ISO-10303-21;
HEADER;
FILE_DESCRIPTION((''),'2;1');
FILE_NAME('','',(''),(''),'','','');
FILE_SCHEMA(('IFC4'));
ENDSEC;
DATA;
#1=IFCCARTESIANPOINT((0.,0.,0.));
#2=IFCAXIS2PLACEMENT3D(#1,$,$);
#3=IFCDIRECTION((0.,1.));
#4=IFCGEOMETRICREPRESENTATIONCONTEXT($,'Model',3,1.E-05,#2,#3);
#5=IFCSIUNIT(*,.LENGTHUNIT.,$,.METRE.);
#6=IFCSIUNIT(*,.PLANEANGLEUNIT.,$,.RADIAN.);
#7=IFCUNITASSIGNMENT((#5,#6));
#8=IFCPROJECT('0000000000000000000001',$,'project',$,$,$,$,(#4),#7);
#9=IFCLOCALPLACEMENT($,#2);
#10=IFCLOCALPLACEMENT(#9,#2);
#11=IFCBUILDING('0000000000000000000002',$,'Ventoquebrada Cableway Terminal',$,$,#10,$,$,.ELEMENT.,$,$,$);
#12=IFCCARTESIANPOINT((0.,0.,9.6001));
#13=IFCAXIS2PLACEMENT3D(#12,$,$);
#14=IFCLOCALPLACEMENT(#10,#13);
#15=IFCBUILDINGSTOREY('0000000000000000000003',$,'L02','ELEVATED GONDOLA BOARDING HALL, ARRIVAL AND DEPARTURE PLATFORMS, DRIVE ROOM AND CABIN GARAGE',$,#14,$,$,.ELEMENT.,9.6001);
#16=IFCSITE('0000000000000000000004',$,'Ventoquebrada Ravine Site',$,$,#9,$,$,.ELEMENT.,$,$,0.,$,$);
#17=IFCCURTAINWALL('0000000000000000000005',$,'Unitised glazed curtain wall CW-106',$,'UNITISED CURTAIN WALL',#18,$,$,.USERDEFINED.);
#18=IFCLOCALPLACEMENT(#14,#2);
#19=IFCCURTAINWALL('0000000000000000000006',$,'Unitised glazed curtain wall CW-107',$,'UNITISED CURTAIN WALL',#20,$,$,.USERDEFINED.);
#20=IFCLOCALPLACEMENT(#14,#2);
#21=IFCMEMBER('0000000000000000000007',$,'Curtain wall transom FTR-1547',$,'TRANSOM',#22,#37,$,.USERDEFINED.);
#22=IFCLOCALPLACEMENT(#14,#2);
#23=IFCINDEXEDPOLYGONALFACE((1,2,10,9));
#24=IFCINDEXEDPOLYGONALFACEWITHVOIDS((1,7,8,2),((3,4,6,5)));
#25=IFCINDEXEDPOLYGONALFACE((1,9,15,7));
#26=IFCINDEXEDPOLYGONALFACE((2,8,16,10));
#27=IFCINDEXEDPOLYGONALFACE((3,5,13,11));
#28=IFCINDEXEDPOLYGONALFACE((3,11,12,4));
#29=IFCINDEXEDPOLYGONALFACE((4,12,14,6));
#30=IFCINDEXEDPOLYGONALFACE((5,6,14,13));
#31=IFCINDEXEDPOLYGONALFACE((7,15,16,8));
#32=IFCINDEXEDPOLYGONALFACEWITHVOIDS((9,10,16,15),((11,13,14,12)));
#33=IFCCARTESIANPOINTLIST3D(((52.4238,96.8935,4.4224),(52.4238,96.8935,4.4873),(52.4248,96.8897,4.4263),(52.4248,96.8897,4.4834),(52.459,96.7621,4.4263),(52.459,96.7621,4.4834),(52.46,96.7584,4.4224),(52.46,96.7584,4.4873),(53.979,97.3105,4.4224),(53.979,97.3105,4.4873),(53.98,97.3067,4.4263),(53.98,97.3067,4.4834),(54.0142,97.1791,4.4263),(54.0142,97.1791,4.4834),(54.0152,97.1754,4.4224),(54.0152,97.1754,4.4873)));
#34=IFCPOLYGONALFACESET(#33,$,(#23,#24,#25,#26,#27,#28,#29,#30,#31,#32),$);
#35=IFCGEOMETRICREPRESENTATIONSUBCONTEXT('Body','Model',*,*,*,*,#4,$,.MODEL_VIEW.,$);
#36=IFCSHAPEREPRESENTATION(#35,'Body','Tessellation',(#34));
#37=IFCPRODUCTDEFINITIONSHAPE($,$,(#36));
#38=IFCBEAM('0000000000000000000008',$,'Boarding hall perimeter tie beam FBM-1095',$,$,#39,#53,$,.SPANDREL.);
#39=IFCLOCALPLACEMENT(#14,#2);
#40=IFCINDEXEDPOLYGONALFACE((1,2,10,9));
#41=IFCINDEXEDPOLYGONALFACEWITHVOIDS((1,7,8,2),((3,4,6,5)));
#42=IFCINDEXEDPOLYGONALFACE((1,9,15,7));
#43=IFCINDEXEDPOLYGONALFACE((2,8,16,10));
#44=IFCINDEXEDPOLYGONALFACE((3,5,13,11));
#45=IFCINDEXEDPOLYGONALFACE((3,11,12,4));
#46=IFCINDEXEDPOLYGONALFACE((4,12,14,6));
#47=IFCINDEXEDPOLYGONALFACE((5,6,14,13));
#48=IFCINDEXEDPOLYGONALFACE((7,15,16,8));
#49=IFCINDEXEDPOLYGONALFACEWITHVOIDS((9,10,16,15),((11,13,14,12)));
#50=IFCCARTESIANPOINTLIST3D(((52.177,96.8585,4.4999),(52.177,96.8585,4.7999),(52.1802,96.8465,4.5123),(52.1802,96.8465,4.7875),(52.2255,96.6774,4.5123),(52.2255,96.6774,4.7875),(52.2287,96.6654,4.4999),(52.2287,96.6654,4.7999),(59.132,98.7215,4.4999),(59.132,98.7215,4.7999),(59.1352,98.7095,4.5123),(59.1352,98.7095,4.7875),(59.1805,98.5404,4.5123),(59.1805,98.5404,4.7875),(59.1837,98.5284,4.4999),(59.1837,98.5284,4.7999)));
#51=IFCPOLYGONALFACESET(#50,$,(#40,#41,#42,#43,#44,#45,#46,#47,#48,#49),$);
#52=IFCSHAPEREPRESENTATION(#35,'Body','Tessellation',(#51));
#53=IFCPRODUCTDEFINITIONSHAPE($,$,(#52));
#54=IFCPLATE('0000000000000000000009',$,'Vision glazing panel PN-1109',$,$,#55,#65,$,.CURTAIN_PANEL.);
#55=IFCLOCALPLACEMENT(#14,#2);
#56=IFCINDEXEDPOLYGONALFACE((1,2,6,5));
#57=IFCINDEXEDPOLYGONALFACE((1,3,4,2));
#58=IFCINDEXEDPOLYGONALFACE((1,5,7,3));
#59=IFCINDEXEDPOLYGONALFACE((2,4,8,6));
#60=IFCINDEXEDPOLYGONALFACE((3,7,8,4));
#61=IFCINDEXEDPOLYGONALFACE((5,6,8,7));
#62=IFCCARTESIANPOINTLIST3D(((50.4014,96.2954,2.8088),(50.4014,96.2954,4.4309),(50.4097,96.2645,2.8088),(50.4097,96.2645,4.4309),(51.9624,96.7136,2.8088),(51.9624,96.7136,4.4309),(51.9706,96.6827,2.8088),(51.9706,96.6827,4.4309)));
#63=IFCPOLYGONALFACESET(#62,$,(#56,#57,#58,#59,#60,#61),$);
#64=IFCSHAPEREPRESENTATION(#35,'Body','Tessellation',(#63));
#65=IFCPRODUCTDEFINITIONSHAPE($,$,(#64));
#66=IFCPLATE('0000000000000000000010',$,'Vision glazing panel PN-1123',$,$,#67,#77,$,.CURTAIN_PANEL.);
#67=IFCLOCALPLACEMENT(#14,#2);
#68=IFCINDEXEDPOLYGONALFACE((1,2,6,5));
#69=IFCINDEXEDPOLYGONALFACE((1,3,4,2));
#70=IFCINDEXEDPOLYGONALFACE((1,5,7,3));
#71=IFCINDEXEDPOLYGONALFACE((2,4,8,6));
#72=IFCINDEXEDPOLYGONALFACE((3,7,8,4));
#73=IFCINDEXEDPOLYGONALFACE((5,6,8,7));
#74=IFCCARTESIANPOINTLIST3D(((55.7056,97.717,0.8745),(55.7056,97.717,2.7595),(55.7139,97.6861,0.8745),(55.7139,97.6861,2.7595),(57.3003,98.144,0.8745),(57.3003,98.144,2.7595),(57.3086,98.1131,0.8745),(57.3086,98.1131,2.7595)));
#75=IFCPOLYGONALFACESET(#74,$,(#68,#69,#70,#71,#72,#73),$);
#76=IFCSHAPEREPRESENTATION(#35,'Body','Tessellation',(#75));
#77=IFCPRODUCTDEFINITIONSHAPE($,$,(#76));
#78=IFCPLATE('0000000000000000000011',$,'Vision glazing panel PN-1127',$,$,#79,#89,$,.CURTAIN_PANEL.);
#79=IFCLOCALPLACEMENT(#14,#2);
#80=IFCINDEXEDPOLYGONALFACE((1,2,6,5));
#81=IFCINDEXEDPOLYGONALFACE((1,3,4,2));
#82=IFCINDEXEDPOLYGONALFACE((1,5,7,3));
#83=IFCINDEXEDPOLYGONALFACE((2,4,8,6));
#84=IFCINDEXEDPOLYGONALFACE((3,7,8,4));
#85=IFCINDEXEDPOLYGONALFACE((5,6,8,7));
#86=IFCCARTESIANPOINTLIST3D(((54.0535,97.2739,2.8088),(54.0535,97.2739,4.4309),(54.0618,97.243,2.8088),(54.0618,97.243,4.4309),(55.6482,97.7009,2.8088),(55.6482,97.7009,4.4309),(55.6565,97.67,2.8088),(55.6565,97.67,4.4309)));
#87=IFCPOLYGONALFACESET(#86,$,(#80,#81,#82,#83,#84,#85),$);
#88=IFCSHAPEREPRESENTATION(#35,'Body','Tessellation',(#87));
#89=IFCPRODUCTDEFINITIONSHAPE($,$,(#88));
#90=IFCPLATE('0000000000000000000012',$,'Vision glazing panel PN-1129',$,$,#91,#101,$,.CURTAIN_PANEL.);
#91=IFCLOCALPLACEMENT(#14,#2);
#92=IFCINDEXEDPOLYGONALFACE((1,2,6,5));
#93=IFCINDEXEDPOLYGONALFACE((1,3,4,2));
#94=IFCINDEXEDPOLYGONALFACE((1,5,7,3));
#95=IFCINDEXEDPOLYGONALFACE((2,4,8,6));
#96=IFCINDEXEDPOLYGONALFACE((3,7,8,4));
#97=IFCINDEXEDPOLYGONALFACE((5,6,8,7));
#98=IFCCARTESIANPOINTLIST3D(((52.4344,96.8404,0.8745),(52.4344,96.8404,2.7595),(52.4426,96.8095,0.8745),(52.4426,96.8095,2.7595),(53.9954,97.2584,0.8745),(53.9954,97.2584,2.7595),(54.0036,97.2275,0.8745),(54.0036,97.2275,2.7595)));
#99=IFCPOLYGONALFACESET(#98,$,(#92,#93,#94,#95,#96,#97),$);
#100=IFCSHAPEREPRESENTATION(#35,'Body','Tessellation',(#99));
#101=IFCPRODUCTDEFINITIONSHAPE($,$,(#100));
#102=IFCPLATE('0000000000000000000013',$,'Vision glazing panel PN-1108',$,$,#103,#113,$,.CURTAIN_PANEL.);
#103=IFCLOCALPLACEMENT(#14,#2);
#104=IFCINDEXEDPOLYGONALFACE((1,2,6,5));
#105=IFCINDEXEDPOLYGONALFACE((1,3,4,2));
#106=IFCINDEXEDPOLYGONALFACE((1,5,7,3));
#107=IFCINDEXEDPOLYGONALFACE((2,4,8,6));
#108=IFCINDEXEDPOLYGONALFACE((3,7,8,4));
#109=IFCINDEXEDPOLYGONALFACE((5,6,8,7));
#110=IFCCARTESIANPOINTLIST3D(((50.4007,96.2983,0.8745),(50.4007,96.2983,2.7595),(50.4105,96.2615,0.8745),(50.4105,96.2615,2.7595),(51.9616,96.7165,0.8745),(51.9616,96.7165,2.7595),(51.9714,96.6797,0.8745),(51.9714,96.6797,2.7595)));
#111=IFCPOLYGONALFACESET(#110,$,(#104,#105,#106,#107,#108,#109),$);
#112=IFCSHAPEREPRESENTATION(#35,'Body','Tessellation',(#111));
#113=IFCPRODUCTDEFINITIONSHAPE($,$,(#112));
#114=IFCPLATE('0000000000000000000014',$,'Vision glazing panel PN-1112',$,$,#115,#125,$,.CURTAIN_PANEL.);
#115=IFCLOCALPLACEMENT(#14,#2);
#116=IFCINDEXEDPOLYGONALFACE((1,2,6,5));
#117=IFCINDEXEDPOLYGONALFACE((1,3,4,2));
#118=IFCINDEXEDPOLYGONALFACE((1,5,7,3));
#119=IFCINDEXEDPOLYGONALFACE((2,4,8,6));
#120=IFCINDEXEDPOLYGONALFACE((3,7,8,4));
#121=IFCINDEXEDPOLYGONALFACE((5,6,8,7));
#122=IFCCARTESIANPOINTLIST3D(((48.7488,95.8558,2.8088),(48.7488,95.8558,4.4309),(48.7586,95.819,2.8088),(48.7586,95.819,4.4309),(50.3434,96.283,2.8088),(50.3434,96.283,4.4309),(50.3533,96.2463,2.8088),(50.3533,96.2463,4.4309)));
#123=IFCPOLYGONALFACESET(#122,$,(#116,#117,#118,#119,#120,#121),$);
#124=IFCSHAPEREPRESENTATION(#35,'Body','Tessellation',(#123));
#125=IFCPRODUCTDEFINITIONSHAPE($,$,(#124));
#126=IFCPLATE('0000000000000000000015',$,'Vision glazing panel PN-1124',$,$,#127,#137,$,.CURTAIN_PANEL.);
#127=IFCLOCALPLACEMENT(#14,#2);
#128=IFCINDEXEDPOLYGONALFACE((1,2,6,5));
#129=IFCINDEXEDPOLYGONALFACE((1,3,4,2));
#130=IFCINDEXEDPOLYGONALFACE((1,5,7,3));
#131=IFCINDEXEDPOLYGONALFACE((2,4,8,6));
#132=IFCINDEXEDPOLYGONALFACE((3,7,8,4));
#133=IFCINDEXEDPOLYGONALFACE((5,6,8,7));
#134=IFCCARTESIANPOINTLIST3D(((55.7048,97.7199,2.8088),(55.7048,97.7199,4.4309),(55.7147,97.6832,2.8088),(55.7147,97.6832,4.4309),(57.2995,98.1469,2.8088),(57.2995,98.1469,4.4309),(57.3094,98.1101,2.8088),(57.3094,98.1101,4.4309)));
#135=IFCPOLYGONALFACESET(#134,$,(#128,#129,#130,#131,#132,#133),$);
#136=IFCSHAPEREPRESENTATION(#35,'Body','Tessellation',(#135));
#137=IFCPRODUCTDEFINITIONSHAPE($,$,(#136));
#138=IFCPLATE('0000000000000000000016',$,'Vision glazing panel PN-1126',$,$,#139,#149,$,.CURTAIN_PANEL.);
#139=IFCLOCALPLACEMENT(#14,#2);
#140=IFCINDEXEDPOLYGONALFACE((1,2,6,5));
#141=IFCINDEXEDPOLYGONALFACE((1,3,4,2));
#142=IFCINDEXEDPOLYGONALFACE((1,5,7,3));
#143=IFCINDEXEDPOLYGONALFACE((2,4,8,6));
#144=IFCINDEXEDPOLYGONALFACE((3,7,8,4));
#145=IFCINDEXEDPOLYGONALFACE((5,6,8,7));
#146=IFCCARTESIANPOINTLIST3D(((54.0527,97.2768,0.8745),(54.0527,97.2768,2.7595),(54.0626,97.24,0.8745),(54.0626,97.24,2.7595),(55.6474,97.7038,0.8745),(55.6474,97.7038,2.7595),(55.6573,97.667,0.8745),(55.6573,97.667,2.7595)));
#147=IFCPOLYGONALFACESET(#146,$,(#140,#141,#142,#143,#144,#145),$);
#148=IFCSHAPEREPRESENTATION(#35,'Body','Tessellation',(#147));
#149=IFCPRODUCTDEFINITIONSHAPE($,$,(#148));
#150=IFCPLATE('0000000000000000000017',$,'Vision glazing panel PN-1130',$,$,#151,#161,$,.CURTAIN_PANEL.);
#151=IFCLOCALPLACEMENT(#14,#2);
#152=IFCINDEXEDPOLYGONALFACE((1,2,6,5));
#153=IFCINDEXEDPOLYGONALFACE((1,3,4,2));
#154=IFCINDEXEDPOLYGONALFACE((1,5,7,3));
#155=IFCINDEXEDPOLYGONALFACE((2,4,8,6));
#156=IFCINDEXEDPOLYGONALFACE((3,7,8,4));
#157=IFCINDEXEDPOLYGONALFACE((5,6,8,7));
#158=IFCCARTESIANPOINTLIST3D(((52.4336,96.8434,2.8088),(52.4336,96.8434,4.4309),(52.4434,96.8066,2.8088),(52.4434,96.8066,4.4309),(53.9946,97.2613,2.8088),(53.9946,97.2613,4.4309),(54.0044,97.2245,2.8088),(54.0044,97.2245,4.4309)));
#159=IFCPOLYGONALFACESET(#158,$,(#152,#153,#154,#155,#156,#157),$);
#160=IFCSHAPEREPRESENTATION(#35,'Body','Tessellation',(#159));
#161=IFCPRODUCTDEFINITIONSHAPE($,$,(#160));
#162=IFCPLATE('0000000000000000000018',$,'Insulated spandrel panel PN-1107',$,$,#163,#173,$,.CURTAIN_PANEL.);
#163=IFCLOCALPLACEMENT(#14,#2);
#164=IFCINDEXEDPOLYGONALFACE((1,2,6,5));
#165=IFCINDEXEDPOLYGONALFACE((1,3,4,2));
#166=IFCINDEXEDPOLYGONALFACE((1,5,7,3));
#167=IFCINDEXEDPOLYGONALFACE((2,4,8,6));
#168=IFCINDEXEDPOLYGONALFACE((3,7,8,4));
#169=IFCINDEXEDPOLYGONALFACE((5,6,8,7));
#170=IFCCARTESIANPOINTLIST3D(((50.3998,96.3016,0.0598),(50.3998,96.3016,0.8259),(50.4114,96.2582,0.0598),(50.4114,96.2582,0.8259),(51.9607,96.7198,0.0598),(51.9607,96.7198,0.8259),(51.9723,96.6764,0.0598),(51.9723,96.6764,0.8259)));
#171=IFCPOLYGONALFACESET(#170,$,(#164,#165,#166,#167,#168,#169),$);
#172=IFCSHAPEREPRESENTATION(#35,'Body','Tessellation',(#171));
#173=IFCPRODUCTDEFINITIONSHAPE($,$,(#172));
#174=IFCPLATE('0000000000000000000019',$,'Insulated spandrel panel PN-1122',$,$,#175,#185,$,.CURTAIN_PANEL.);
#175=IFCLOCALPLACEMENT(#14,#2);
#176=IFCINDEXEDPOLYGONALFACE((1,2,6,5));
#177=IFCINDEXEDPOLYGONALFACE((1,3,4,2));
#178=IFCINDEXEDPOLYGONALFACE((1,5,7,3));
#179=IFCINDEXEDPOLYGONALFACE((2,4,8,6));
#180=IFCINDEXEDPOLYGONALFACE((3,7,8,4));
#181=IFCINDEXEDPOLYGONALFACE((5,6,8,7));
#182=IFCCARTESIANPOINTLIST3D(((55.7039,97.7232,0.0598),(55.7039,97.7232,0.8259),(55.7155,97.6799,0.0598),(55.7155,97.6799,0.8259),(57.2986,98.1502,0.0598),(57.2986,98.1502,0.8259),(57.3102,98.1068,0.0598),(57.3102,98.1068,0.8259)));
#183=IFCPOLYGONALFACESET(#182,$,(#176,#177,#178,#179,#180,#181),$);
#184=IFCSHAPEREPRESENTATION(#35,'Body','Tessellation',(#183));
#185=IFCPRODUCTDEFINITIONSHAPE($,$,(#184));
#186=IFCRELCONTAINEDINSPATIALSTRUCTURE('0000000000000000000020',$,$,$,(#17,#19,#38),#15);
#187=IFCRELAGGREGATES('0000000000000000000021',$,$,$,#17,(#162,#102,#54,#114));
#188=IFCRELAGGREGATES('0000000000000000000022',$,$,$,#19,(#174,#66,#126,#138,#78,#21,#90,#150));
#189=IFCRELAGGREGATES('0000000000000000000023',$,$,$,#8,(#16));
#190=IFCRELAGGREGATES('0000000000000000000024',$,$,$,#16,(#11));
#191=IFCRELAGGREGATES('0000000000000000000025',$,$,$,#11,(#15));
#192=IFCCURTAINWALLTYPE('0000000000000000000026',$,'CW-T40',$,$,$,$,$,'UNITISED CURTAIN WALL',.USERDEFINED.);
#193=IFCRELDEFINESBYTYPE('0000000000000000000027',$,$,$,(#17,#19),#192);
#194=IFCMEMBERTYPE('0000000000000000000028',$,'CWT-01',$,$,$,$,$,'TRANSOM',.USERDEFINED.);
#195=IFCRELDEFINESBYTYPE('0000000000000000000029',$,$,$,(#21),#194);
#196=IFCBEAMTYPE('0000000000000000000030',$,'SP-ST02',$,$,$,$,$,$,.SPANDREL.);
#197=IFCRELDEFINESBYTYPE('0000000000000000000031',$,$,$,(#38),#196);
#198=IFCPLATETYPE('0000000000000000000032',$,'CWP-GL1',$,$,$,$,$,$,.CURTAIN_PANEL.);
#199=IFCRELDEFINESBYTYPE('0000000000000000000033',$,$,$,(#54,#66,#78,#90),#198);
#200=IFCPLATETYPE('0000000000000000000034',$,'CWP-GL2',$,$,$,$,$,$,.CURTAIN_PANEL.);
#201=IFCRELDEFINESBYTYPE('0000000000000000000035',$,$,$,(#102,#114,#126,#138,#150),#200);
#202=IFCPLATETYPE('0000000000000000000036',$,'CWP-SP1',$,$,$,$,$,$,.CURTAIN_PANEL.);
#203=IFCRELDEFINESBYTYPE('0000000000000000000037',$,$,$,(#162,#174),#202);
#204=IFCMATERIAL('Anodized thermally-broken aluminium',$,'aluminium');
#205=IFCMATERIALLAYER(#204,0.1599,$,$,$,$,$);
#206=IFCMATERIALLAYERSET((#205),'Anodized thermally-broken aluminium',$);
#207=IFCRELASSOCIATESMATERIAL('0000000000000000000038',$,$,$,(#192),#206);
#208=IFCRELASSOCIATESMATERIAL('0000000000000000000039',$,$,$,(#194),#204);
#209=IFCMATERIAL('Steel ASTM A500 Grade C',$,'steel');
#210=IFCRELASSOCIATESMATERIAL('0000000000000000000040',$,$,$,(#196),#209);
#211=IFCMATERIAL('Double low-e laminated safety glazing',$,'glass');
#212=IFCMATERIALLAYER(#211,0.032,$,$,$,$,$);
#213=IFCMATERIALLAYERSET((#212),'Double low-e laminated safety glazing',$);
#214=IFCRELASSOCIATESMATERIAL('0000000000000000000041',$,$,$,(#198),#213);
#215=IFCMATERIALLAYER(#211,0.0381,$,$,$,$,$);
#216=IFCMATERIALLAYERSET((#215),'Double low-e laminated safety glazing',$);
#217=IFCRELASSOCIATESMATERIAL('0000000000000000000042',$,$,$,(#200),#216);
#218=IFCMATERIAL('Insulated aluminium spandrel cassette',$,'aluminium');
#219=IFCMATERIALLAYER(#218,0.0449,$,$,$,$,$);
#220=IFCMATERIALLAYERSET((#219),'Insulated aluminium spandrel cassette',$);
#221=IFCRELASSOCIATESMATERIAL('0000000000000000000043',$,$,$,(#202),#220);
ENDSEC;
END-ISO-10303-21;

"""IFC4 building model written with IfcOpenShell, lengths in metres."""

from ifc_helpers import new_model, si_unit, direction, frame, origin, origin_2d, place, context, subcontext, project, spatial, rectangle, hollow_rectangle, extrude, material, layer, layer_set, material_profile, profile_set, type_object, element, aggregate, save


model = new_model("IFC4")

# Units and contexts
model_context = context("Model", 3, precision=1e-05, world=origin(), true_north=direction((0.0, 1.0)))
body_context = subcontext(model_context, "Body", "Model", "MODEL_VIEW")
ifc_project = project(units=[si_unit("LENGTHUNIT", "METRE"), si_unit("PLANEANGLEUNIT", "RADIAN")], contexts=[model_context])

# Site, building, storey
site_placement = place(None, origin())
site = spatial("IfcSite", under=ifc_project, at=site_placement, Name="Ventoquebrada Ravine Site", CompositionType="ELEMENT", RefElevation=0.0)
building_placement = place(site_placement, origin())
building = spatial("IfcBuilding", under=site, at=building_placement, Name="Ventoquebrada Cableway Terminal", CompositionType="ELEMENT")
storey_placement = place(building_placement, frame((0.0, 0.0, 9.6001)))
storey = spatial("IfcBuildingStorey", under=building, at=storey_placement, Name="L02", Description="ELEVATED GONDOLA BOARDING HALL, ARRIVAL AND DEPARTURE PLATFORMS, DRIVE ROOM AND CABIN GARAGE", CompositionType="ELEMENT", Elevation=9.6001)

# Shared definitions
ifc_material_1 = material(Name="Steel ASTM A500 Grade C", Category="steel")

# Curtain walls
ifc_material_2 = material(Name="Anodized thermally-broken aluminium", Category="aluminium")
ifc_layer_1 = layer(ifc_material_2, 0.1599)
ifc_layer_set_1 = layer_set([ifc_layer_1], Name="Anodized thermally-broken aluminium")
curtain_wall_type = type_object("IfcCurtainWallType", Name="CW-T40", ElementType="UNITISED CURTAIN WALL", PredefinedType="USERDEFINED", material=ifc_layer_set_1)
curtain_wall_1_placement = place(storey_placement, origin())
curtain_wall_1 = element("IfcCurtainWall", 1, at=curtain_wall_1_placement, inside=storey, type_object=curtain_wall_type, Name="Unitised glazed curtain wall CW-106", ObjectType="UNITISED CURTAIN WALL", PredefinedType="USERDEFINED")
curtain_wall_2_placement = place(storey_placement, origin())
curtain_wall_2 = element("IfcCurtainWall", 2, at=curtain_wall_2_placement, inside=storey, type_object=curtain_wall_type, Name="Unitised glazed curtain wall CW-107", ObjectType="UNITISED CURTAIN WALL", PredefinedType="USERDEFINED")

# Member
ifc_material_profile_1 = material_profile(ifc_material_2, hollow_rectangle(XDim=0.0649, YDim=0.1399, WallThickness=0.0039, at=origin_2d()), Name="CW-TRN-65X140")
ifc_profile_set_1 = profile_set([ifc_material_profile_1], Name="Anodized thermally-broken aluminium")
member_type_1 = type_object("IfcMemberType", Name="CWT-01", ElementType="TRANSOM", PredefinedType="USERDEFINED", material=ifc_profile_set_1)
member_1_placement = place(storey_placement, frame((53.9971, 97.2429, 4.4548), z_axis=(-0.965882, -0.258984, 0.0), x_axis=(0.0, 0.0, 1.0)))
member_1 = element("IfcMember", 3, at=member_1_placement, type_object=member_type_1, Name="Curtain wall transom FTR-1547", ObjectType="TRANSOM", PredefinedType="USERDEFINED", context=body_context, shape_type="SweptSolid", body=[
    extrude(hollow_rectangle(XDim=0.0649, YDim=0.1399, WallThickness=0.0039, at=origin_2d()), origin(), (0.0, 0.0, 1.0), 1.6101),
])

# Beam
ifc_material_profile_2 = material_profile(ifc_material_1, hollow_rectangle(XDim=0.2, YDim=0.3, WallThickness=0.0125, at=origin_2d()), Name="RHS300X200X12.5")
ifc_profile_set_2 = profile_set([ifc_material_profile_2], Name="Steel ASTM A500 Grade C")
beam_type = type_object("IfcBeamType", Name="SP-ST02", PredefinedType="SPANDREL", material=ifc_profile_set_2)
beam_placement = place(storey_placement, frame((52.2029, 96.762, 4.6499), z_axis=(0.965946, 0.258745, 0.0), x_axis=(-0.258745, 0.965946, 0.0)))
element("IfcBeam", 4, at=beam_placement, inside=storey, type_object=beam_type, Name="Boarding hall perimeter tie beam FBM-1095", PredefinedType="SPANDREL", context=body_context, shape_type="SweptSolid", body=[
    extrude(hollow_rectangle(XDim=0.2, YDim=0.3, WallThickness=0.0125, at=origin_2d()), origin(), (0.0, 0.0, 1.0), 7.2002),
])

# Plates
ifc_material_3 = material(Name="Double low-e laminated safety glazing", Category="glass")
ifc_layer_2 = layer(ifc_material_3, 0.032)
ifc_layer_set_2 = layer_set([ifc_layer_2], Name="Double low-e laminated safety glazing")
plate_type_1 = type_object("IfcPlateType", Name="CWP-GL1", PredefinedType="CURTAIN_PANEL", material=ifc_layer_set_2)
plate_1_placement = place(storey_placement, frame((51.186, 96.489, 2.8088), z_axis=(0.0, 0.0, 1.0), x_axis=(-0.96593, -0.258802, 0.0)))
plate_1 = element("IfcPlate", 5, at=plate_1_placement, type_object=plate_type_1, Name="Vision glazing panel PN-1109", PredefinedType="CURTAIN_PANEL", context=body_context, shape_type="SweptSolid", body=[
    extrude(rectangle(XDim=1.616, YDim=0.032, at=origin_2d()), origin(), (0.0, 0.0, 1.0), 1.6221),
])
plate_2_placement = place(storey_placement, frame((56.5071, 97.915, 0.8745), z_axis=(0.0, 0.0, 1.0), x_axis=(-0.965975, -0.258634, 0.0)))
plate_2 = element("IfcPlate", 6, at=plate_2_placement, type_object=plate_type_1, Name="Vision glazing panel PN-1123", PredefinedType="CURTAIN_PANEL", context=body_context, shape_type="SweptSolid", body=[
    extrude(rectangle(XDim=1.6509, YDim=0.032, at=origin_2d()), origin(), (0.0, 0.0, 1.0), 1.885),
])
plate_3_placement = place(storey_placement, frame((54.855, 97.4719, 2.8088), z_axis=(0.0, 0.0, 1.0), x_axis=(-0.965975, -0.258634, 0.0)))
plate_3 = element("IfcPlate", 7, at=plate_3_placement, type_object=plate_type_1, Name="Vision glazing panel PN-1127", PredefinedType="CURTAIN_PANEL", context=body_context, shape_type="SweptSolid", body=[
    extrude(rectangle(XDim=1.6509, YDim=0.032, at=origin_2d()), origin(), (0.0, 0.0, 1.0), 1.6221),
])
plate_4_placement = place(storey_placement, frame((53.219, 97.0339, 0.8745), z_axis=(0.0, 0.0, 1.0), x_axis=(-0.965975, -0.258634, 0.0)))
plate_4 = element("IfcPlate", 8, at=plate_4_placement, type_object=plate_type_1, Name="Vision glazing panel PN-1129", PredefinedType="CURTAIN_PANEL", context=body_context, shape_type="SweptSolid", body=[
    extrude(rectangle(XDim=1.616, YDim=0.032, at=origin_2d()), origin(), (0.0, 0.0, 1.0), 1.885),
])
ifc_layer_3 = layer(ifc_material_3, 0.0381)
ifc_layer_set_3 = layer_set([ifc_layer_3], Name="Double low-e laminated safety glazing")
plate_type_2 = type_object("IfcPlateType", Name="CWP-GL2", PredefinedType="CURTAIN_PANEL", material=ifc_layer_set_3)
plate_5_placement = place(storey_placement, frame((51.186, 96.489, 0.8745), z_axis=(0.0, 0.0, 1.0), x_axis=(-0.96593, -0.258802, 0.0)))
plate_5 = element("IfcPlate", 9, at=plate_5_placement, type_object=plate_type_2, Name="Vision glazing panel PN-1108", PredefinedType="CURTAIN_PANEL", context=body_context, shape_type="SweptSolid", body=[
    extrude(rectangle(XDim=1.616, YDim=0.0381, at=origin_2d()), origin(), (0.0, 0.0, 1.0), 1.885),
])
plate_6_placement = place(storey_placement, frame((49.551, 96.051, 2.8088), z_axis=(0.0, 0.0, 1.0), x_axis=(-0.96593, -0.258802, 0.0)))
plate_6 = element("IfcPlate", 10, at=plate_6_placement, type_object=plate_type_2, Name="Vision glazing panel PN-1112", PredefinedType="CURTAIN_PANEL", context=body_context, shape_type="SweptSolid", body=[
    extrude(rectangle(XDim=1.6509, YDim=0.0381, at=origin_2d()), origin(), (0.0, 0.0, 1.0), 1.6221),
])
plate_7_placement = place(storey_placement, frame((56.5071, 97.915, 2.8088), z_axis=(0.0, 0.0, 1.0), x_axis=(-0.965975, -0.258634, 0.0)))
plate_7 = element("IfcPlate", 11, at=plate_7_placement, type_object=plate_type_2, Name="Vision glazing panel PN-1124", PredefinedType="CURTAIN_PANEL", context=body_context, shape_type="SweptSolid", body=[
    extrude(rectangle(XDim=1.6509, YDim=0.0381, at=origin_2d()), origin(), (0.0, 0.0, 1.0), 1.6221),
])
plate_8_placement = place(storey_placement, frame((54.855, 97.4719, 0.8745), z_axis=(0.0, 0.0, 1.0), x_axis=(-0.965975, -0.258634, 0.0)))
plate_8 = element("IfcPlate", 12, at=plate_8_placement, type_object=plate_type_2, Name="Vision glazing panel PN-1126", PredefinedType="CURTAIN_PANEL", context=body_context, shape_type="SweptSolid", body=[
    extrude(rectangle(XDim=1.6509, YDim=0.0381, at=origin_2d()), origin(), (0.0, 0.0, 1.0), 1.885),
])
plate_9_placement = place(storey_placement, frame((53.219, 97.0339, 2.8088), z_axis=(0.0, 0.0, 1.0), x_axis=(-0.965975, -0.258634, 0.0)))
plate_9 = element("IfcPlate", 13, at=plate_9_placement, type_object=plate_type_2, Name="Vision glazing panel PN-1130", PredefinedType="CURTAIN_PANEL", context=body_context, shape_type="SweptSolid", body=[
    extrude(rectangle(XDim=1.616, YDim=0.0381, at=origin_2d()), origin(), (0.0, 0.0, 1.0), 1.6221),
])
ifc_material_4 = material(Name="Insulated aluminium spandrel cassette", Category="aluminium")
ifc_layer_4 = layer(ifc_material_4, 0.0449)
ifc_layer_set_4 = layer_set([ifc_layer_4], Name="Insulated aluminium spandrel cassette")
plate_type_3 = type_object("IfcPlateType", Name="CWP-SP1", PredefinedType="CURTAIN_PANEL", material=ifc_layer_set_4)
plate_10_placement = place(storey_placement, frame((51.186, 96.489, 0.0598), z_axis=(0.0, 0.0, 1.0), x_axis=(-0.96593, -0.258802, 0.0)))
plate_10 = element("IfcPlate", 14, at=plate_10_placement, type_object=plate_type_3, Name="Insulated spandrel panel PN-1107", PredefinedType="CURTAIN_PANEL", context=body_context, shape_type="SweptSolid", body=[
    extrude(rectangle(XDim=1.616, YDim=0.0449, at=origin_2d()), origin(), (0.0, 0.0, 1.0), 0.7661),
])
aggregate(curtain_wall_1, [plate_10, plate_5, plate_1, plate_6])
plate_11_placement = place(storey_placement, frame((56.5071, 97.915, 0.0598), z_axis=(0.0, 0.0, 1.0), x_axis=(-0.965975, -0.258634, 0.0)))
plate_11 = element("IfcPlate", 15, at=plate_11_placement, type_object=plate_type_3, Name="Insulated spandrel panel PN-1122", PredefinedType="CURTAIN_PANEL", context=body_context, shape_type="SweptSolid", body=[
    extrude(rectangle(XDim=1.6509, YDim=0.0449, at=origin_2d()), origin(), (0.0, 0.0, 1.0), 0.7661),
])
aggregate(curtain_wall_2, [plate_11, plate_2, plate_7, plate_8, plate_3, member_1, plate_4, plate_9])

save(model, "model.ifc")
